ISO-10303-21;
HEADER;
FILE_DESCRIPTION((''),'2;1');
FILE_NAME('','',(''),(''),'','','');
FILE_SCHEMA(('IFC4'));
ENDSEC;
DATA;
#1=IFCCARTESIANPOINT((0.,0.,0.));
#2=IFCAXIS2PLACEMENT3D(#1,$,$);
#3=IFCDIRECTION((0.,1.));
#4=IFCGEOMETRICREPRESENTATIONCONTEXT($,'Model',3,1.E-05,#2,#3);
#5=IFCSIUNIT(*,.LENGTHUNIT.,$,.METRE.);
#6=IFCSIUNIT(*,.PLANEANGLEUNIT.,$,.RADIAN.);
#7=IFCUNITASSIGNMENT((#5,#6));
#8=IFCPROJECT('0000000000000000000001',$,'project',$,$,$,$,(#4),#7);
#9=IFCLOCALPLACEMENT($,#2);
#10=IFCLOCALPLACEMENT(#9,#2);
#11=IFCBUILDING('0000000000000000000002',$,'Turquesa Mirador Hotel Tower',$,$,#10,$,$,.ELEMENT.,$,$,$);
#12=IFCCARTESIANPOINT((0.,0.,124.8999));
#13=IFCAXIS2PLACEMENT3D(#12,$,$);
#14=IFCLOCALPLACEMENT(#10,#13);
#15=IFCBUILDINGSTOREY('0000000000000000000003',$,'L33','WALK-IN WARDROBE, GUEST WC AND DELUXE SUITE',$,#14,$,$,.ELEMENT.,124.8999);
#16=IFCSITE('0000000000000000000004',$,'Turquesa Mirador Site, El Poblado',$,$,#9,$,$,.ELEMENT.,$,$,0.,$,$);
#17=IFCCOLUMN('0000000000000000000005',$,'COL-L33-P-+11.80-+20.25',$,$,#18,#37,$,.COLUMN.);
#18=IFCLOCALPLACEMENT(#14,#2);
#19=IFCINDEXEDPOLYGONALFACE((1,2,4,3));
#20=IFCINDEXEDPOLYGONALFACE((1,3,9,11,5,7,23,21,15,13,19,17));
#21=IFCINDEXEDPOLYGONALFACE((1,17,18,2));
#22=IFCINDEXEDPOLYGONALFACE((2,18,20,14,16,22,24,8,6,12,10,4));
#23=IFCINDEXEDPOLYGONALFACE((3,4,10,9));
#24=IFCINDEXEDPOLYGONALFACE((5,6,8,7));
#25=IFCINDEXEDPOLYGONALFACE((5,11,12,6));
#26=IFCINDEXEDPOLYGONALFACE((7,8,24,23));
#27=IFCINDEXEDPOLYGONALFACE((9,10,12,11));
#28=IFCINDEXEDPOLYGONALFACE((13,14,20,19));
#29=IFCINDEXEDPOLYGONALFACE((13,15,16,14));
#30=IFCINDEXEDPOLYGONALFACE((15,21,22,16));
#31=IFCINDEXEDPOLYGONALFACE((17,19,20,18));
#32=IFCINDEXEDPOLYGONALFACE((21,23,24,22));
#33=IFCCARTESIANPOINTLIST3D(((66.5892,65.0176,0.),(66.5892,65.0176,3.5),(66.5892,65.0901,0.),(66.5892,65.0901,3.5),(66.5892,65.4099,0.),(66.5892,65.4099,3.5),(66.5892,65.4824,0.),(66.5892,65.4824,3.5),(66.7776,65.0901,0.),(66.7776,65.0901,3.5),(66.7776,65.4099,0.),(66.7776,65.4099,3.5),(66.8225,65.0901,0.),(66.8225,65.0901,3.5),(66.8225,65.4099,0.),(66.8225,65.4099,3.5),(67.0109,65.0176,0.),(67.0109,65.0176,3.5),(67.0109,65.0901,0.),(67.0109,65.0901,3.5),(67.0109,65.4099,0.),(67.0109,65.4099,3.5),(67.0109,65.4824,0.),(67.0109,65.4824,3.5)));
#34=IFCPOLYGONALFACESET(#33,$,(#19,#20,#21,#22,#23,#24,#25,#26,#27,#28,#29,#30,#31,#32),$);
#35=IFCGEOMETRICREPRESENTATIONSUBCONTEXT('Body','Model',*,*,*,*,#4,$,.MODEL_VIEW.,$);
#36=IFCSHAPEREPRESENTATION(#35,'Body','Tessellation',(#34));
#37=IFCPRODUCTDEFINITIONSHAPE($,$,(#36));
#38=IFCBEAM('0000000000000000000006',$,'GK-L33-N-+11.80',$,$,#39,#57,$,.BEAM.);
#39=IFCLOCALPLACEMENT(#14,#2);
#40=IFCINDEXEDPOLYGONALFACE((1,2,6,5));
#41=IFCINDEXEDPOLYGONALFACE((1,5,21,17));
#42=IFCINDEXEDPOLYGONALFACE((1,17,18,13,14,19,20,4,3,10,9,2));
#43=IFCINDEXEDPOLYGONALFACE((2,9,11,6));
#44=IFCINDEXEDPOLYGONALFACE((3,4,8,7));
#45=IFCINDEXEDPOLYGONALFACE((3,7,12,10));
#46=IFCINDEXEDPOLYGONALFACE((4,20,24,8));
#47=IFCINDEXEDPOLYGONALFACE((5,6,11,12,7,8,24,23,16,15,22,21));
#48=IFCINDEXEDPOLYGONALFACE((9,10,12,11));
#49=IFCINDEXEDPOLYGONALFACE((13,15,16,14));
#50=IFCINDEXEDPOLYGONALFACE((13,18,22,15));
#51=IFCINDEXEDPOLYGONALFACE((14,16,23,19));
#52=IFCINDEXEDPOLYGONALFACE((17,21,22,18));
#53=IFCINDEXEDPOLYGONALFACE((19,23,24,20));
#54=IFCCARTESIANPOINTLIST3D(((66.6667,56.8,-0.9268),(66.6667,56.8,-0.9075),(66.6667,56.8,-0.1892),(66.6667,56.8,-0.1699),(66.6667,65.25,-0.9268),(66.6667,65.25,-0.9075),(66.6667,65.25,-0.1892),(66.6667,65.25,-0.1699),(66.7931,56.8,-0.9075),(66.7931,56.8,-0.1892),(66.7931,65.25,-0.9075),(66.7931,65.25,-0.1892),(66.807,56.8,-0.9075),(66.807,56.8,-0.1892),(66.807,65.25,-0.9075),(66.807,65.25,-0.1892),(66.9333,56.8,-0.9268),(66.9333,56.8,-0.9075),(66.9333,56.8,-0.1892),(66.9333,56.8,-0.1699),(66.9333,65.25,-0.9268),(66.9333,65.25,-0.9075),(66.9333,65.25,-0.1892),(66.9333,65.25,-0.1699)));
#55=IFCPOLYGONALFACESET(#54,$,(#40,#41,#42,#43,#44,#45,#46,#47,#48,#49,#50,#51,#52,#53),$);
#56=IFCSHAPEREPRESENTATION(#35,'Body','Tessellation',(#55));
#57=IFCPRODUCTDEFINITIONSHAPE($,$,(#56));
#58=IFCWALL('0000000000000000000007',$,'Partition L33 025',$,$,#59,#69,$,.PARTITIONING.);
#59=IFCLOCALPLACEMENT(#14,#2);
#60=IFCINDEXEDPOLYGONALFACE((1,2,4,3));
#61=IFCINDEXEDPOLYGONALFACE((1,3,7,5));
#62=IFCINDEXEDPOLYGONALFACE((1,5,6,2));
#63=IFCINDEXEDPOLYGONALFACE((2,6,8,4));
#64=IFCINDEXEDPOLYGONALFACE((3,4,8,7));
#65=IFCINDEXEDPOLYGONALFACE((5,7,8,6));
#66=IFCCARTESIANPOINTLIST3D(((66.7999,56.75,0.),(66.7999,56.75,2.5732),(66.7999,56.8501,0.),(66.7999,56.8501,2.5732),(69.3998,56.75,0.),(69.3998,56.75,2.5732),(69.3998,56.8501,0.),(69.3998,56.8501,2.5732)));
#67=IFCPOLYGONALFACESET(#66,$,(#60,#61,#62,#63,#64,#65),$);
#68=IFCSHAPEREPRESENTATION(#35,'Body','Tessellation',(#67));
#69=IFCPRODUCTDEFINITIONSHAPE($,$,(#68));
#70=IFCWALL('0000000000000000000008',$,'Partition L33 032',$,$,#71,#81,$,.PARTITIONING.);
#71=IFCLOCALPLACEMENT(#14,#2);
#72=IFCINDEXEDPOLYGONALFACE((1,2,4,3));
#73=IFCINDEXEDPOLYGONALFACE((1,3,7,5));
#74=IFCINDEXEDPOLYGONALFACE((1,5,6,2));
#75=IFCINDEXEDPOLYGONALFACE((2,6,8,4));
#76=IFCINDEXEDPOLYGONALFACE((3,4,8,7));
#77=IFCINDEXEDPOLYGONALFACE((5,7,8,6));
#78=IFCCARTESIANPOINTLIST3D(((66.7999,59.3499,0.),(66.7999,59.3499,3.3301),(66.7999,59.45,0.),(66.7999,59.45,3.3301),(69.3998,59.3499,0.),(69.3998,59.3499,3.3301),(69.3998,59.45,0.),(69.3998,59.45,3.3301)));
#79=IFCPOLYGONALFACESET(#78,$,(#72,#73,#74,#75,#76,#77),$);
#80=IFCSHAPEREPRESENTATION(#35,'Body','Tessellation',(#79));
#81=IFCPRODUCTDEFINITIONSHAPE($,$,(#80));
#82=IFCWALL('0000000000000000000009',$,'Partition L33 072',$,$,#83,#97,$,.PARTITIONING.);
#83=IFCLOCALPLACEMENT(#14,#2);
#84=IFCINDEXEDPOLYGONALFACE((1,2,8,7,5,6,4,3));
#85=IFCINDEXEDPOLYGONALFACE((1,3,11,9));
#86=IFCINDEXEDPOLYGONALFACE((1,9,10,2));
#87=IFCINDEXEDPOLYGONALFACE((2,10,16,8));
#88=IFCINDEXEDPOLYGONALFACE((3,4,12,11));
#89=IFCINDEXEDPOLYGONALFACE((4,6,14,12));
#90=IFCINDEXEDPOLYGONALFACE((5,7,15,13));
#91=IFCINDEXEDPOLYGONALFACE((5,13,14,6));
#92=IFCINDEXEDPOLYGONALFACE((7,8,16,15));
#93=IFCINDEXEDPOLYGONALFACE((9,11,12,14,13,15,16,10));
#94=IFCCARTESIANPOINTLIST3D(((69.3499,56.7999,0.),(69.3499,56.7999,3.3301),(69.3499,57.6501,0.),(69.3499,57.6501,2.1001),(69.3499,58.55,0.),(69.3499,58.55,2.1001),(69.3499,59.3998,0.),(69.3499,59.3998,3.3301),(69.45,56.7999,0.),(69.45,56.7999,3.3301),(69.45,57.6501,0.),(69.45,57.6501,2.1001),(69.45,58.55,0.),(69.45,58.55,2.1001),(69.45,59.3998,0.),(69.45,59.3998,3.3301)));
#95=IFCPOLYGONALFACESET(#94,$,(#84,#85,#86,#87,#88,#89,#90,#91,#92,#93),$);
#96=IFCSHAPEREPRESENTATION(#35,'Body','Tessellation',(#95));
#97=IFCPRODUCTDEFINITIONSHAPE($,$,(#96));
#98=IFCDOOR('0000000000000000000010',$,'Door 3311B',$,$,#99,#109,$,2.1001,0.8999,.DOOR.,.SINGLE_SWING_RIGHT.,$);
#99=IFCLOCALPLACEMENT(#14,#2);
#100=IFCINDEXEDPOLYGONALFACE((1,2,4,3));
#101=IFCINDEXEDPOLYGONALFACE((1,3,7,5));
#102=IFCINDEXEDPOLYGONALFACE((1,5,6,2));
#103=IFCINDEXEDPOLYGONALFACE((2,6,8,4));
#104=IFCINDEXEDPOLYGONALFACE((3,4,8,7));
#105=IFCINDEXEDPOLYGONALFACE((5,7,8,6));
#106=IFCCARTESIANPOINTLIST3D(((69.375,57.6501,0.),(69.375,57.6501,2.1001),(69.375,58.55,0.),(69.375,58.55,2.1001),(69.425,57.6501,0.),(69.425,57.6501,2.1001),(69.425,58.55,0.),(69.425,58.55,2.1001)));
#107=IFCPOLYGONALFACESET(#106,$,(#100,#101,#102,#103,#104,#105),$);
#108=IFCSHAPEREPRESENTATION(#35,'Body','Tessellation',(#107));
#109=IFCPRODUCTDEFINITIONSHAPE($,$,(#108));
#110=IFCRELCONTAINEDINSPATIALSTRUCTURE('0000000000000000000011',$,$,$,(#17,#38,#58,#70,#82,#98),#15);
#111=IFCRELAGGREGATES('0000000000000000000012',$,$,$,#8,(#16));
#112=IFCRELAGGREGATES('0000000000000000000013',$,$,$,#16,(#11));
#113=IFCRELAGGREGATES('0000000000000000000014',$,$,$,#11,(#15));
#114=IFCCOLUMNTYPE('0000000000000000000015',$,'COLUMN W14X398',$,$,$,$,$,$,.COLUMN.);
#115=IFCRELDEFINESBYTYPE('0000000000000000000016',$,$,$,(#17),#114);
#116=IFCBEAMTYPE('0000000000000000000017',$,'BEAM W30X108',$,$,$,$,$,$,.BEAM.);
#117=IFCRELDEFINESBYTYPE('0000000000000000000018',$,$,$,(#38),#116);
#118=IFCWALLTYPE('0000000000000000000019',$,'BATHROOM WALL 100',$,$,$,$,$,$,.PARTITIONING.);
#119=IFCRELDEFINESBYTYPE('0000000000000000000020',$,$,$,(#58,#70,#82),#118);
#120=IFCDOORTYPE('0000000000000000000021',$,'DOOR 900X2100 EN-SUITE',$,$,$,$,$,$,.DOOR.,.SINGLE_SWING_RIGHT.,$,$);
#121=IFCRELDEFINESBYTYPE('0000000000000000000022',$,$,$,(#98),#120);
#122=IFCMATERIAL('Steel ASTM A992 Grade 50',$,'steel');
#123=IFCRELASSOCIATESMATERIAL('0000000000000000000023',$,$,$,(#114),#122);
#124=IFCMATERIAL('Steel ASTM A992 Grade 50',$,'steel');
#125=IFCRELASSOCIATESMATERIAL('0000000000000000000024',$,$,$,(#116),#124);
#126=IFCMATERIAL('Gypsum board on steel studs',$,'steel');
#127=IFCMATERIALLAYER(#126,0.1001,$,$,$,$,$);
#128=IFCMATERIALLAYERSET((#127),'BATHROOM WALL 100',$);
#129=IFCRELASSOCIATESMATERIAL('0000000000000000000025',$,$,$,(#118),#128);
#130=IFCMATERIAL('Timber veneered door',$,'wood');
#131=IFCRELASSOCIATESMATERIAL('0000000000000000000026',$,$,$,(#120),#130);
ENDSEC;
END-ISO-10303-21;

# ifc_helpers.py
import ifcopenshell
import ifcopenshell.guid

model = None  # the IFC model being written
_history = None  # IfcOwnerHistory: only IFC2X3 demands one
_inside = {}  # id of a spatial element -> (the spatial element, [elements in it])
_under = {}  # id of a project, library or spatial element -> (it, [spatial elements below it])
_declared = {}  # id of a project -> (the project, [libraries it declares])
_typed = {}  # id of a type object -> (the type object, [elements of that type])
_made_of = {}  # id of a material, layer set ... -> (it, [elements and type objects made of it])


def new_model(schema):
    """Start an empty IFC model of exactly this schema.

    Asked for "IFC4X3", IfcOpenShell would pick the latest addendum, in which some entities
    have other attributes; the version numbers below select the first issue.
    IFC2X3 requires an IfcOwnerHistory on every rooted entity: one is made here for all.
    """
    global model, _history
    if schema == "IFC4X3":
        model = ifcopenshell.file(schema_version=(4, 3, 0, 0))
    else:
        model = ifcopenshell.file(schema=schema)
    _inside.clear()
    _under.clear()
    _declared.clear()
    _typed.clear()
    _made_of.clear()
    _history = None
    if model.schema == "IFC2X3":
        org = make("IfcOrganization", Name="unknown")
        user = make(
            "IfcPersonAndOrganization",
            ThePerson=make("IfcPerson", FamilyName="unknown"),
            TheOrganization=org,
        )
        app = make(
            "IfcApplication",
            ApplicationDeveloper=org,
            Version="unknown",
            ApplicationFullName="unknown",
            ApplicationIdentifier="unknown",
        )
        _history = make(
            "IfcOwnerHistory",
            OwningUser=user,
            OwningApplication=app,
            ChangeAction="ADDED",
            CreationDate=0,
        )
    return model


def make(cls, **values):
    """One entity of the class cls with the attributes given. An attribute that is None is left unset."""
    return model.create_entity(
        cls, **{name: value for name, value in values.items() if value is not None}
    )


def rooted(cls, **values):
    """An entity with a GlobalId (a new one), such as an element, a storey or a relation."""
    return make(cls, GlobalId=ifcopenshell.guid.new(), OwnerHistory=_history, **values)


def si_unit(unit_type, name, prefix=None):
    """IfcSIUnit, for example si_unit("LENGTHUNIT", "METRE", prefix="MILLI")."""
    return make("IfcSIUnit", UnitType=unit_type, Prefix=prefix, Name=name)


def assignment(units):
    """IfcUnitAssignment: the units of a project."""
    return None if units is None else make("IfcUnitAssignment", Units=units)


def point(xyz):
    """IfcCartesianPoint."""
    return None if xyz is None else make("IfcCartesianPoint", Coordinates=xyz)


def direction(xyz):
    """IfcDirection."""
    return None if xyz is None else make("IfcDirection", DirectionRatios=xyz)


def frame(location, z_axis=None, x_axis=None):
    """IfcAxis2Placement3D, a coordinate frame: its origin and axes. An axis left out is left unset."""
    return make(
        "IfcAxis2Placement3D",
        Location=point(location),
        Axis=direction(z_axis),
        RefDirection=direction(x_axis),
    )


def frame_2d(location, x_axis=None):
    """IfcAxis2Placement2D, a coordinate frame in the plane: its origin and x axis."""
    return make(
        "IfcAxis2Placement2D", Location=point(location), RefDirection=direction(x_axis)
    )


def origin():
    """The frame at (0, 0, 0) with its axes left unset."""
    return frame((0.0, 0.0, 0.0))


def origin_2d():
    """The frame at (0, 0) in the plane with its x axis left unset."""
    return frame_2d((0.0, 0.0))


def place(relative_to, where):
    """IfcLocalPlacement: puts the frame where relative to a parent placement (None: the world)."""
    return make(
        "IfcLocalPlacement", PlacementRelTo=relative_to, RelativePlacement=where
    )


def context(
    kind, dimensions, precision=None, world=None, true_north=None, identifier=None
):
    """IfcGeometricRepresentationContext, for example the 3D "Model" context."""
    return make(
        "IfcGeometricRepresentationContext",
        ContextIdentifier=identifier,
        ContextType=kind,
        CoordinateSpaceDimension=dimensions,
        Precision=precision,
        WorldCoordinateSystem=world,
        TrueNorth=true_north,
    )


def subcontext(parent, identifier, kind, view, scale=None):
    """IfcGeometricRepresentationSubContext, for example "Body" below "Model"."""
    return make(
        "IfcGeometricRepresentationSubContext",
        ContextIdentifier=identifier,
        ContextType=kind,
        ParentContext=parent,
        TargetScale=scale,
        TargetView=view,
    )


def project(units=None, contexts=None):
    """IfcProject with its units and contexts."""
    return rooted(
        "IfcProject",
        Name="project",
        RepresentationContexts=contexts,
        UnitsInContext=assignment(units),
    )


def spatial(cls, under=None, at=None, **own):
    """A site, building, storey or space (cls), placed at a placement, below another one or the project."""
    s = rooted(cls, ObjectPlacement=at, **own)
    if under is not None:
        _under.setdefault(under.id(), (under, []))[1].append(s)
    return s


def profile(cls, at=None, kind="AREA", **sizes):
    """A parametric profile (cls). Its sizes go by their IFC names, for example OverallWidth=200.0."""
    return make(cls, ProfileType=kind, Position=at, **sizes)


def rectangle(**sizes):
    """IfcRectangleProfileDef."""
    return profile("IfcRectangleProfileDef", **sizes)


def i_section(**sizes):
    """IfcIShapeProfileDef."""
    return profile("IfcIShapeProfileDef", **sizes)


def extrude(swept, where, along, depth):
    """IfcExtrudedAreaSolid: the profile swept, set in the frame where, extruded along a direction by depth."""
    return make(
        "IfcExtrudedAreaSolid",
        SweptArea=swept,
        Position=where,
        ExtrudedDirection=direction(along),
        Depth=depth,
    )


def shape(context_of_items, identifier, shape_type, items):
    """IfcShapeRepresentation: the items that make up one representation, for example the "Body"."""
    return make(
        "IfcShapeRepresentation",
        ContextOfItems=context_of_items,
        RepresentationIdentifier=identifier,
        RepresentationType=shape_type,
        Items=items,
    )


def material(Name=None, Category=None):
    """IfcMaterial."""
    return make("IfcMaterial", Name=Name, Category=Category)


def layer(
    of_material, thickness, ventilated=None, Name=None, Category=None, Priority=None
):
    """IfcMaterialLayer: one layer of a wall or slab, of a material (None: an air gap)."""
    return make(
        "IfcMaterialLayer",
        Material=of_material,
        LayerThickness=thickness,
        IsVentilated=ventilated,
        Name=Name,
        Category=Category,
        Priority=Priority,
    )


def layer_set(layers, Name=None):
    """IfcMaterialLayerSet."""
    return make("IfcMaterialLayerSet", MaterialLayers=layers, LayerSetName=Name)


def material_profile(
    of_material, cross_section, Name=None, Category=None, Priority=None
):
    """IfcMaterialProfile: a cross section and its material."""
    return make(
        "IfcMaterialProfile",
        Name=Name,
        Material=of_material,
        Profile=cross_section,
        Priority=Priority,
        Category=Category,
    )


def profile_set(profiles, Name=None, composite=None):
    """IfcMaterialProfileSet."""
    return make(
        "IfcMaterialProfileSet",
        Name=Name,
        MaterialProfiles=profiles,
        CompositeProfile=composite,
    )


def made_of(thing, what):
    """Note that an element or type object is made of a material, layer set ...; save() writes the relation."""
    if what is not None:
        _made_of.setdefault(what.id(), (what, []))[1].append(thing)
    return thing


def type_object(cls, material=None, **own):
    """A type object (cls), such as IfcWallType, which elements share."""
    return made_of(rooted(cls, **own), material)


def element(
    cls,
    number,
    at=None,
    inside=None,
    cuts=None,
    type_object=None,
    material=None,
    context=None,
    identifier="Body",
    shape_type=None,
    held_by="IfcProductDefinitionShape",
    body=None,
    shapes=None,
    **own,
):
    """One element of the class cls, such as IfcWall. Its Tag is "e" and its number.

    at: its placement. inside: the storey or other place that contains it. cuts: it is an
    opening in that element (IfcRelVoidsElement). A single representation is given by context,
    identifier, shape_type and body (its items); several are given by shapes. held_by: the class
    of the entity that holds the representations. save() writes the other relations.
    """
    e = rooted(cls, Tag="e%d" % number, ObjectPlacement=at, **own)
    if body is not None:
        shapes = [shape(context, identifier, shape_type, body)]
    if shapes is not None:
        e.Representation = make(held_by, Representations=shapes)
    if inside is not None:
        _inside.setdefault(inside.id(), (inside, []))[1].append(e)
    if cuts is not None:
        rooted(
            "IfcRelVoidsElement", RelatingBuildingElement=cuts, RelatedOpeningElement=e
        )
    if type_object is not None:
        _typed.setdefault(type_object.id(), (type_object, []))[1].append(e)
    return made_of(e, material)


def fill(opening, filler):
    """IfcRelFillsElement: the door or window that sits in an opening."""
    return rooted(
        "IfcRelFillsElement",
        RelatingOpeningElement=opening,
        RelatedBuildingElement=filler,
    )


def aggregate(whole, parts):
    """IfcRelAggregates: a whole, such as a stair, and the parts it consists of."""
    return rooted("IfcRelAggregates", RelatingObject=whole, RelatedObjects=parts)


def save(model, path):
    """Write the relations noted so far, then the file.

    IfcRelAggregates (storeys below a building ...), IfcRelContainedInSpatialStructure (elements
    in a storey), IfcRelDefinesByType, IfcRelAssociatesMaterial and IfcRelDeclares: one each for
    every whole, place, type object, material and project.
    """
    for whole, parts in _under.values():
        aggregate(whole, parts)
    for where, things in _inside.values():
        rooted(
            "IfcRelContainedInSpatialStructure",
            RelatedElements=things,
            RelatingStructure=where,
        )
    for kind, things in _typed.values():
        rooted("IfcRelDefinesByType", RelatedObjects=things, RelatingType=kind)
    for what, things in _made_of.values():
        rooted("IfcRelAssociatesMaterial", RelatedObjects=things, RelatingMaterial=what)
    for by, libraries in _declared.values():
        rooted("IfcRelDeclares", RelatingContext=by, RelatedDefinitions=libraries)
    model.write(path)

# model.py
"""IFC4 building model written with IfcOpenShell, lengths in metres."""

from ifc_helpers import new_model, si_unit, direction, frame, frame_2d, origin, origin_2d, place, context, subcontext, project, spatial, rectangle, i_section, extrude, material, layer, layer_set, material_profile, profile_set, type_object, element, fill, save


model = new_model("IFC4")

# Units and contexts
model_context = context("Model", 3, precision=1e-05, world=origin(), true_north=direction((0.0, 1.0)))
body_context = subcontext(model_context, "Body", "Model", "MODEL_VIEW")
ifc_project = project(units=[si_unit("LENGTHUNIT", "METRE"), si_unit("PLANEANGLEUNIT", "RADIAN")], contexts=[model_context])

# Site, building, storey
site_placement = place(None, origin())
site = spatial("IfcSite", under=ifc_project, at=site_placement, Name="Turquesa Mirador Site, El Poblado", CompositionType="ELEMENT", RefElevation=0.0)
building_placement = place(site_placement, origin())
building = spatial("IfcBuilding", under=site, at=building_placement, Name="Turquesa Mirador Hotel Tower", CompositionType="ELEMENT")
storey_placement = place(building_placement, frame((0.0, 0.0, 124.8999)))
storey = spatial("IfcBuildingStorey", under=building, at=storey_placement, Name="L33", Description="WALK-IN WARDROBE, GUEST WC AND DELUXE SUITE", CompositionType="ELEMENT", Elevation=124.8999)

# Column
ifc_material_1 = material(Name="Steel ASTM A992 Grade 50", Category="steel")
ifc_material_profile_1 = material_profile(ifc_material_1, i_section(OverallWidth=0.4216, OverallDepth=0.4648, WebThickness=0.0449, FlangeThickness=0.0725, at=origin_2d()), Name="W14X398")
ifc_profile_set_1 = profile_set([ifc_material_profile_1], Name="Steel ASTM A992 Grade 50")
column_type = type_object("IfcColumnType", Name="COLUMN W14X398", PredefinedType="COLUMN", material=ifc_profile_set_1)
column_placement = place(storey_placement, frame((66.8, 65.25, 0.0), z_axis=(0.0, 0.0, 1.0), x_axis=(1.0, 0.0, 0.0)))
element("IfcColumn", 1, at=column_placement, inside=storey, type_object=column_type, Name="COL-L33-P-+11.80-+20.25", PredefinedType="COLUMN", context=body_context, shape_type="SweptSolid", body=[
    extrude(i_section(OverallWidth=0.4216, OverallDepth=0.4648, WebThickness=0.0449, FlangeThickness=0.0725, at=origin_2d()), origin(), (0.0, 0.0, 1.0), 3.5),
])

# Beam
ifc_material_2 = material(Name="Steel ASTM A992 Grade 50", Category="steel")
ifc_material_profile_2 = material_profile(ifc_material_2, i_section(OverallWidth=0.2666, OverallDepth=0.7568, WebThickness=0.0139, FlangeThickness=0.0193, at=origin_2d()), Name="W30X108")
ifc_profile_set_2 = profile_set([ifc_material_profile_2], Name="Steel ASTM A992 Grade 50")
beam_type = type_object("IfcBeamType", Name="BEAM W30X108", PredefinedType="BEAM", material=ifc_profile_set_2)
beam_placement = place(storey_placement, frame((66.8, 65.25, -0.5483), z_axis=(0.0, -1.0, 0.0), x_axis=(1.0, 0.0, 0.0)))
element("IfcBeam", 2, at=beam_placement, inside=storey, type_object=beam_type, Name="GK-L33-N-+11.80", PredefinedType="BEAM", context=body_context, shape_type="SweptSolid", body=[
    extrude(i_section(OverallWidth=0.2666, OverallDepth=0.7568, WebThickness=0.0139, FlangeThickness=0.0193, at=origin_2d()), origin(), (0.0, 0.0, 1.0), 8.45),
])

# Walls
ifc_material_3 = material(Name="Gypsum board on steel studs", Category="steel")
ifc_layer_1 = layer(ifc_material_3, 0.1001)
ifc_layer_set_1 = layer_set([ifc_layer_1], Name="BATHROOM WALL 100")
wall_type_1 = type_object("IfcWallType", Name="BATHROOM WALL 100", PredefinedType="PARTITIONING", material=ifc_layer_set_1)
wall_1_placement = place(storey_placement, frame((66.8, 56.8, 0.0), z_axis=(0.0, 0.0, 1.0), x_axis=(1.0, 0.0, 0.0)))
element("IfcWall", 3, at=wall_1_placement, inside=storey, type_object=wall_type_1, Name="Partition L33 025", PredefinedType="PARTITIONING", context=body_context, shape_type="SweptSolid", body=[
    extrude(rectangle(XDim=2.5999, YDim=0.1001, at=frame_2d((1.2998, 0.0))), origin(), (0.0, 0.0, 1.0), 2.5732),
])
wall_2_placement = place(storey_placement, frame((66.8, 59.3999, 0.0), z_axis=(0.0, 0.0, 1.0), x_axis=(1.0, 0.0, 0.0)))
element("IfcWall", 4, at=wall_2_placement, inside=storey, type_object=wall_type_1, Name="Partition L33 032", PredefinedType="PARTITIONING", context=body_context, shape_type="SweptSolid", body=[
    extrude(rectangle(XDim=2.5999, YDim=0.1001, at=frame_2d((1.2998, 0.0))), origin(), (0.0, 0.0, 1.0), 3.3301),
])

# Wall, opening, door
wall_3_placement = place(storey_placement, frame((69.3999, 56.8, 0.0), z_axis=(0.0, 0.0, 1.0), x_axis=(0.0, 1.0, 0.0)))
wall_3 = element("IfcWall", 5, at=wall_3_placement, inside=storey, type_object=wall_type_1, Name="Partition L33 072", PredefinedType="PARTITIONING", context=body_context, shape_type="SweptSolid", body=[
    extrude(rectangle(XDim=2.5999, YDim=0.1001, at=frame_2d((1.2998, 0.0))), origin(), (0.0, 0.0, 1.0), 3.3301),
])
opening_1_placement = place(wall_3_placement, frame((0.8501, 0.0, 0.0)))
opening_1 = element("IfcOpeningElement", 6, at=opening_1_placement, cuts=wall_3, PredefinedType="OPENING", context=body_context, shape_type="SweptSolid", body=[
    extrude(rectangle(XDim=0.8999, YDim=2.1001, at=frame_2d((0.45, 1.05))), frame((0.0, 0.0601, 0.0), z_axis=(0.0, -1.0, 0.0), x_axis=(1.0, 0.0, 0.0)), (0.0, 0.0, 1.0), 0.1201),
])
ifc_material_4 = material(Name="Timber veneered door", Category="wood")
door_type_1 = type_object("IfcDoorType", Name="DOOR 900X2100 EN-SUITE", OperationType="SINGLE_SWING_RIGHT", PredefinedType="DOOR", material=ifc_material_4)
door_1_placement = place(opening_1_placement, origin())
door_1 = element("IfcDoor", 7, at=door_1_placement, inside=storey, type_object=door_type_1, Name="Door 3311B", OperationType="SINGLE_SWING_RIGHT", OverallHeight=2.1001, OverallWidth=0.8999, PredefinedType="DOOR", context=body_context, shape_type="SweptSolid", body=[
    extrude(rectangle(XDim=0.8999, YDim=2.1001, at=frame_2d((0.45, 1.05))), frame((0.0, 0.0249, 0.0), z_axis=(0.0, -1.0, 0.0), x_axis=(1.0, 0.0, 0.0)), (0.0, 0.0, 1.0), 0.05),
])
fill(opening_1, door_1)

save(model, "model.ifc")
